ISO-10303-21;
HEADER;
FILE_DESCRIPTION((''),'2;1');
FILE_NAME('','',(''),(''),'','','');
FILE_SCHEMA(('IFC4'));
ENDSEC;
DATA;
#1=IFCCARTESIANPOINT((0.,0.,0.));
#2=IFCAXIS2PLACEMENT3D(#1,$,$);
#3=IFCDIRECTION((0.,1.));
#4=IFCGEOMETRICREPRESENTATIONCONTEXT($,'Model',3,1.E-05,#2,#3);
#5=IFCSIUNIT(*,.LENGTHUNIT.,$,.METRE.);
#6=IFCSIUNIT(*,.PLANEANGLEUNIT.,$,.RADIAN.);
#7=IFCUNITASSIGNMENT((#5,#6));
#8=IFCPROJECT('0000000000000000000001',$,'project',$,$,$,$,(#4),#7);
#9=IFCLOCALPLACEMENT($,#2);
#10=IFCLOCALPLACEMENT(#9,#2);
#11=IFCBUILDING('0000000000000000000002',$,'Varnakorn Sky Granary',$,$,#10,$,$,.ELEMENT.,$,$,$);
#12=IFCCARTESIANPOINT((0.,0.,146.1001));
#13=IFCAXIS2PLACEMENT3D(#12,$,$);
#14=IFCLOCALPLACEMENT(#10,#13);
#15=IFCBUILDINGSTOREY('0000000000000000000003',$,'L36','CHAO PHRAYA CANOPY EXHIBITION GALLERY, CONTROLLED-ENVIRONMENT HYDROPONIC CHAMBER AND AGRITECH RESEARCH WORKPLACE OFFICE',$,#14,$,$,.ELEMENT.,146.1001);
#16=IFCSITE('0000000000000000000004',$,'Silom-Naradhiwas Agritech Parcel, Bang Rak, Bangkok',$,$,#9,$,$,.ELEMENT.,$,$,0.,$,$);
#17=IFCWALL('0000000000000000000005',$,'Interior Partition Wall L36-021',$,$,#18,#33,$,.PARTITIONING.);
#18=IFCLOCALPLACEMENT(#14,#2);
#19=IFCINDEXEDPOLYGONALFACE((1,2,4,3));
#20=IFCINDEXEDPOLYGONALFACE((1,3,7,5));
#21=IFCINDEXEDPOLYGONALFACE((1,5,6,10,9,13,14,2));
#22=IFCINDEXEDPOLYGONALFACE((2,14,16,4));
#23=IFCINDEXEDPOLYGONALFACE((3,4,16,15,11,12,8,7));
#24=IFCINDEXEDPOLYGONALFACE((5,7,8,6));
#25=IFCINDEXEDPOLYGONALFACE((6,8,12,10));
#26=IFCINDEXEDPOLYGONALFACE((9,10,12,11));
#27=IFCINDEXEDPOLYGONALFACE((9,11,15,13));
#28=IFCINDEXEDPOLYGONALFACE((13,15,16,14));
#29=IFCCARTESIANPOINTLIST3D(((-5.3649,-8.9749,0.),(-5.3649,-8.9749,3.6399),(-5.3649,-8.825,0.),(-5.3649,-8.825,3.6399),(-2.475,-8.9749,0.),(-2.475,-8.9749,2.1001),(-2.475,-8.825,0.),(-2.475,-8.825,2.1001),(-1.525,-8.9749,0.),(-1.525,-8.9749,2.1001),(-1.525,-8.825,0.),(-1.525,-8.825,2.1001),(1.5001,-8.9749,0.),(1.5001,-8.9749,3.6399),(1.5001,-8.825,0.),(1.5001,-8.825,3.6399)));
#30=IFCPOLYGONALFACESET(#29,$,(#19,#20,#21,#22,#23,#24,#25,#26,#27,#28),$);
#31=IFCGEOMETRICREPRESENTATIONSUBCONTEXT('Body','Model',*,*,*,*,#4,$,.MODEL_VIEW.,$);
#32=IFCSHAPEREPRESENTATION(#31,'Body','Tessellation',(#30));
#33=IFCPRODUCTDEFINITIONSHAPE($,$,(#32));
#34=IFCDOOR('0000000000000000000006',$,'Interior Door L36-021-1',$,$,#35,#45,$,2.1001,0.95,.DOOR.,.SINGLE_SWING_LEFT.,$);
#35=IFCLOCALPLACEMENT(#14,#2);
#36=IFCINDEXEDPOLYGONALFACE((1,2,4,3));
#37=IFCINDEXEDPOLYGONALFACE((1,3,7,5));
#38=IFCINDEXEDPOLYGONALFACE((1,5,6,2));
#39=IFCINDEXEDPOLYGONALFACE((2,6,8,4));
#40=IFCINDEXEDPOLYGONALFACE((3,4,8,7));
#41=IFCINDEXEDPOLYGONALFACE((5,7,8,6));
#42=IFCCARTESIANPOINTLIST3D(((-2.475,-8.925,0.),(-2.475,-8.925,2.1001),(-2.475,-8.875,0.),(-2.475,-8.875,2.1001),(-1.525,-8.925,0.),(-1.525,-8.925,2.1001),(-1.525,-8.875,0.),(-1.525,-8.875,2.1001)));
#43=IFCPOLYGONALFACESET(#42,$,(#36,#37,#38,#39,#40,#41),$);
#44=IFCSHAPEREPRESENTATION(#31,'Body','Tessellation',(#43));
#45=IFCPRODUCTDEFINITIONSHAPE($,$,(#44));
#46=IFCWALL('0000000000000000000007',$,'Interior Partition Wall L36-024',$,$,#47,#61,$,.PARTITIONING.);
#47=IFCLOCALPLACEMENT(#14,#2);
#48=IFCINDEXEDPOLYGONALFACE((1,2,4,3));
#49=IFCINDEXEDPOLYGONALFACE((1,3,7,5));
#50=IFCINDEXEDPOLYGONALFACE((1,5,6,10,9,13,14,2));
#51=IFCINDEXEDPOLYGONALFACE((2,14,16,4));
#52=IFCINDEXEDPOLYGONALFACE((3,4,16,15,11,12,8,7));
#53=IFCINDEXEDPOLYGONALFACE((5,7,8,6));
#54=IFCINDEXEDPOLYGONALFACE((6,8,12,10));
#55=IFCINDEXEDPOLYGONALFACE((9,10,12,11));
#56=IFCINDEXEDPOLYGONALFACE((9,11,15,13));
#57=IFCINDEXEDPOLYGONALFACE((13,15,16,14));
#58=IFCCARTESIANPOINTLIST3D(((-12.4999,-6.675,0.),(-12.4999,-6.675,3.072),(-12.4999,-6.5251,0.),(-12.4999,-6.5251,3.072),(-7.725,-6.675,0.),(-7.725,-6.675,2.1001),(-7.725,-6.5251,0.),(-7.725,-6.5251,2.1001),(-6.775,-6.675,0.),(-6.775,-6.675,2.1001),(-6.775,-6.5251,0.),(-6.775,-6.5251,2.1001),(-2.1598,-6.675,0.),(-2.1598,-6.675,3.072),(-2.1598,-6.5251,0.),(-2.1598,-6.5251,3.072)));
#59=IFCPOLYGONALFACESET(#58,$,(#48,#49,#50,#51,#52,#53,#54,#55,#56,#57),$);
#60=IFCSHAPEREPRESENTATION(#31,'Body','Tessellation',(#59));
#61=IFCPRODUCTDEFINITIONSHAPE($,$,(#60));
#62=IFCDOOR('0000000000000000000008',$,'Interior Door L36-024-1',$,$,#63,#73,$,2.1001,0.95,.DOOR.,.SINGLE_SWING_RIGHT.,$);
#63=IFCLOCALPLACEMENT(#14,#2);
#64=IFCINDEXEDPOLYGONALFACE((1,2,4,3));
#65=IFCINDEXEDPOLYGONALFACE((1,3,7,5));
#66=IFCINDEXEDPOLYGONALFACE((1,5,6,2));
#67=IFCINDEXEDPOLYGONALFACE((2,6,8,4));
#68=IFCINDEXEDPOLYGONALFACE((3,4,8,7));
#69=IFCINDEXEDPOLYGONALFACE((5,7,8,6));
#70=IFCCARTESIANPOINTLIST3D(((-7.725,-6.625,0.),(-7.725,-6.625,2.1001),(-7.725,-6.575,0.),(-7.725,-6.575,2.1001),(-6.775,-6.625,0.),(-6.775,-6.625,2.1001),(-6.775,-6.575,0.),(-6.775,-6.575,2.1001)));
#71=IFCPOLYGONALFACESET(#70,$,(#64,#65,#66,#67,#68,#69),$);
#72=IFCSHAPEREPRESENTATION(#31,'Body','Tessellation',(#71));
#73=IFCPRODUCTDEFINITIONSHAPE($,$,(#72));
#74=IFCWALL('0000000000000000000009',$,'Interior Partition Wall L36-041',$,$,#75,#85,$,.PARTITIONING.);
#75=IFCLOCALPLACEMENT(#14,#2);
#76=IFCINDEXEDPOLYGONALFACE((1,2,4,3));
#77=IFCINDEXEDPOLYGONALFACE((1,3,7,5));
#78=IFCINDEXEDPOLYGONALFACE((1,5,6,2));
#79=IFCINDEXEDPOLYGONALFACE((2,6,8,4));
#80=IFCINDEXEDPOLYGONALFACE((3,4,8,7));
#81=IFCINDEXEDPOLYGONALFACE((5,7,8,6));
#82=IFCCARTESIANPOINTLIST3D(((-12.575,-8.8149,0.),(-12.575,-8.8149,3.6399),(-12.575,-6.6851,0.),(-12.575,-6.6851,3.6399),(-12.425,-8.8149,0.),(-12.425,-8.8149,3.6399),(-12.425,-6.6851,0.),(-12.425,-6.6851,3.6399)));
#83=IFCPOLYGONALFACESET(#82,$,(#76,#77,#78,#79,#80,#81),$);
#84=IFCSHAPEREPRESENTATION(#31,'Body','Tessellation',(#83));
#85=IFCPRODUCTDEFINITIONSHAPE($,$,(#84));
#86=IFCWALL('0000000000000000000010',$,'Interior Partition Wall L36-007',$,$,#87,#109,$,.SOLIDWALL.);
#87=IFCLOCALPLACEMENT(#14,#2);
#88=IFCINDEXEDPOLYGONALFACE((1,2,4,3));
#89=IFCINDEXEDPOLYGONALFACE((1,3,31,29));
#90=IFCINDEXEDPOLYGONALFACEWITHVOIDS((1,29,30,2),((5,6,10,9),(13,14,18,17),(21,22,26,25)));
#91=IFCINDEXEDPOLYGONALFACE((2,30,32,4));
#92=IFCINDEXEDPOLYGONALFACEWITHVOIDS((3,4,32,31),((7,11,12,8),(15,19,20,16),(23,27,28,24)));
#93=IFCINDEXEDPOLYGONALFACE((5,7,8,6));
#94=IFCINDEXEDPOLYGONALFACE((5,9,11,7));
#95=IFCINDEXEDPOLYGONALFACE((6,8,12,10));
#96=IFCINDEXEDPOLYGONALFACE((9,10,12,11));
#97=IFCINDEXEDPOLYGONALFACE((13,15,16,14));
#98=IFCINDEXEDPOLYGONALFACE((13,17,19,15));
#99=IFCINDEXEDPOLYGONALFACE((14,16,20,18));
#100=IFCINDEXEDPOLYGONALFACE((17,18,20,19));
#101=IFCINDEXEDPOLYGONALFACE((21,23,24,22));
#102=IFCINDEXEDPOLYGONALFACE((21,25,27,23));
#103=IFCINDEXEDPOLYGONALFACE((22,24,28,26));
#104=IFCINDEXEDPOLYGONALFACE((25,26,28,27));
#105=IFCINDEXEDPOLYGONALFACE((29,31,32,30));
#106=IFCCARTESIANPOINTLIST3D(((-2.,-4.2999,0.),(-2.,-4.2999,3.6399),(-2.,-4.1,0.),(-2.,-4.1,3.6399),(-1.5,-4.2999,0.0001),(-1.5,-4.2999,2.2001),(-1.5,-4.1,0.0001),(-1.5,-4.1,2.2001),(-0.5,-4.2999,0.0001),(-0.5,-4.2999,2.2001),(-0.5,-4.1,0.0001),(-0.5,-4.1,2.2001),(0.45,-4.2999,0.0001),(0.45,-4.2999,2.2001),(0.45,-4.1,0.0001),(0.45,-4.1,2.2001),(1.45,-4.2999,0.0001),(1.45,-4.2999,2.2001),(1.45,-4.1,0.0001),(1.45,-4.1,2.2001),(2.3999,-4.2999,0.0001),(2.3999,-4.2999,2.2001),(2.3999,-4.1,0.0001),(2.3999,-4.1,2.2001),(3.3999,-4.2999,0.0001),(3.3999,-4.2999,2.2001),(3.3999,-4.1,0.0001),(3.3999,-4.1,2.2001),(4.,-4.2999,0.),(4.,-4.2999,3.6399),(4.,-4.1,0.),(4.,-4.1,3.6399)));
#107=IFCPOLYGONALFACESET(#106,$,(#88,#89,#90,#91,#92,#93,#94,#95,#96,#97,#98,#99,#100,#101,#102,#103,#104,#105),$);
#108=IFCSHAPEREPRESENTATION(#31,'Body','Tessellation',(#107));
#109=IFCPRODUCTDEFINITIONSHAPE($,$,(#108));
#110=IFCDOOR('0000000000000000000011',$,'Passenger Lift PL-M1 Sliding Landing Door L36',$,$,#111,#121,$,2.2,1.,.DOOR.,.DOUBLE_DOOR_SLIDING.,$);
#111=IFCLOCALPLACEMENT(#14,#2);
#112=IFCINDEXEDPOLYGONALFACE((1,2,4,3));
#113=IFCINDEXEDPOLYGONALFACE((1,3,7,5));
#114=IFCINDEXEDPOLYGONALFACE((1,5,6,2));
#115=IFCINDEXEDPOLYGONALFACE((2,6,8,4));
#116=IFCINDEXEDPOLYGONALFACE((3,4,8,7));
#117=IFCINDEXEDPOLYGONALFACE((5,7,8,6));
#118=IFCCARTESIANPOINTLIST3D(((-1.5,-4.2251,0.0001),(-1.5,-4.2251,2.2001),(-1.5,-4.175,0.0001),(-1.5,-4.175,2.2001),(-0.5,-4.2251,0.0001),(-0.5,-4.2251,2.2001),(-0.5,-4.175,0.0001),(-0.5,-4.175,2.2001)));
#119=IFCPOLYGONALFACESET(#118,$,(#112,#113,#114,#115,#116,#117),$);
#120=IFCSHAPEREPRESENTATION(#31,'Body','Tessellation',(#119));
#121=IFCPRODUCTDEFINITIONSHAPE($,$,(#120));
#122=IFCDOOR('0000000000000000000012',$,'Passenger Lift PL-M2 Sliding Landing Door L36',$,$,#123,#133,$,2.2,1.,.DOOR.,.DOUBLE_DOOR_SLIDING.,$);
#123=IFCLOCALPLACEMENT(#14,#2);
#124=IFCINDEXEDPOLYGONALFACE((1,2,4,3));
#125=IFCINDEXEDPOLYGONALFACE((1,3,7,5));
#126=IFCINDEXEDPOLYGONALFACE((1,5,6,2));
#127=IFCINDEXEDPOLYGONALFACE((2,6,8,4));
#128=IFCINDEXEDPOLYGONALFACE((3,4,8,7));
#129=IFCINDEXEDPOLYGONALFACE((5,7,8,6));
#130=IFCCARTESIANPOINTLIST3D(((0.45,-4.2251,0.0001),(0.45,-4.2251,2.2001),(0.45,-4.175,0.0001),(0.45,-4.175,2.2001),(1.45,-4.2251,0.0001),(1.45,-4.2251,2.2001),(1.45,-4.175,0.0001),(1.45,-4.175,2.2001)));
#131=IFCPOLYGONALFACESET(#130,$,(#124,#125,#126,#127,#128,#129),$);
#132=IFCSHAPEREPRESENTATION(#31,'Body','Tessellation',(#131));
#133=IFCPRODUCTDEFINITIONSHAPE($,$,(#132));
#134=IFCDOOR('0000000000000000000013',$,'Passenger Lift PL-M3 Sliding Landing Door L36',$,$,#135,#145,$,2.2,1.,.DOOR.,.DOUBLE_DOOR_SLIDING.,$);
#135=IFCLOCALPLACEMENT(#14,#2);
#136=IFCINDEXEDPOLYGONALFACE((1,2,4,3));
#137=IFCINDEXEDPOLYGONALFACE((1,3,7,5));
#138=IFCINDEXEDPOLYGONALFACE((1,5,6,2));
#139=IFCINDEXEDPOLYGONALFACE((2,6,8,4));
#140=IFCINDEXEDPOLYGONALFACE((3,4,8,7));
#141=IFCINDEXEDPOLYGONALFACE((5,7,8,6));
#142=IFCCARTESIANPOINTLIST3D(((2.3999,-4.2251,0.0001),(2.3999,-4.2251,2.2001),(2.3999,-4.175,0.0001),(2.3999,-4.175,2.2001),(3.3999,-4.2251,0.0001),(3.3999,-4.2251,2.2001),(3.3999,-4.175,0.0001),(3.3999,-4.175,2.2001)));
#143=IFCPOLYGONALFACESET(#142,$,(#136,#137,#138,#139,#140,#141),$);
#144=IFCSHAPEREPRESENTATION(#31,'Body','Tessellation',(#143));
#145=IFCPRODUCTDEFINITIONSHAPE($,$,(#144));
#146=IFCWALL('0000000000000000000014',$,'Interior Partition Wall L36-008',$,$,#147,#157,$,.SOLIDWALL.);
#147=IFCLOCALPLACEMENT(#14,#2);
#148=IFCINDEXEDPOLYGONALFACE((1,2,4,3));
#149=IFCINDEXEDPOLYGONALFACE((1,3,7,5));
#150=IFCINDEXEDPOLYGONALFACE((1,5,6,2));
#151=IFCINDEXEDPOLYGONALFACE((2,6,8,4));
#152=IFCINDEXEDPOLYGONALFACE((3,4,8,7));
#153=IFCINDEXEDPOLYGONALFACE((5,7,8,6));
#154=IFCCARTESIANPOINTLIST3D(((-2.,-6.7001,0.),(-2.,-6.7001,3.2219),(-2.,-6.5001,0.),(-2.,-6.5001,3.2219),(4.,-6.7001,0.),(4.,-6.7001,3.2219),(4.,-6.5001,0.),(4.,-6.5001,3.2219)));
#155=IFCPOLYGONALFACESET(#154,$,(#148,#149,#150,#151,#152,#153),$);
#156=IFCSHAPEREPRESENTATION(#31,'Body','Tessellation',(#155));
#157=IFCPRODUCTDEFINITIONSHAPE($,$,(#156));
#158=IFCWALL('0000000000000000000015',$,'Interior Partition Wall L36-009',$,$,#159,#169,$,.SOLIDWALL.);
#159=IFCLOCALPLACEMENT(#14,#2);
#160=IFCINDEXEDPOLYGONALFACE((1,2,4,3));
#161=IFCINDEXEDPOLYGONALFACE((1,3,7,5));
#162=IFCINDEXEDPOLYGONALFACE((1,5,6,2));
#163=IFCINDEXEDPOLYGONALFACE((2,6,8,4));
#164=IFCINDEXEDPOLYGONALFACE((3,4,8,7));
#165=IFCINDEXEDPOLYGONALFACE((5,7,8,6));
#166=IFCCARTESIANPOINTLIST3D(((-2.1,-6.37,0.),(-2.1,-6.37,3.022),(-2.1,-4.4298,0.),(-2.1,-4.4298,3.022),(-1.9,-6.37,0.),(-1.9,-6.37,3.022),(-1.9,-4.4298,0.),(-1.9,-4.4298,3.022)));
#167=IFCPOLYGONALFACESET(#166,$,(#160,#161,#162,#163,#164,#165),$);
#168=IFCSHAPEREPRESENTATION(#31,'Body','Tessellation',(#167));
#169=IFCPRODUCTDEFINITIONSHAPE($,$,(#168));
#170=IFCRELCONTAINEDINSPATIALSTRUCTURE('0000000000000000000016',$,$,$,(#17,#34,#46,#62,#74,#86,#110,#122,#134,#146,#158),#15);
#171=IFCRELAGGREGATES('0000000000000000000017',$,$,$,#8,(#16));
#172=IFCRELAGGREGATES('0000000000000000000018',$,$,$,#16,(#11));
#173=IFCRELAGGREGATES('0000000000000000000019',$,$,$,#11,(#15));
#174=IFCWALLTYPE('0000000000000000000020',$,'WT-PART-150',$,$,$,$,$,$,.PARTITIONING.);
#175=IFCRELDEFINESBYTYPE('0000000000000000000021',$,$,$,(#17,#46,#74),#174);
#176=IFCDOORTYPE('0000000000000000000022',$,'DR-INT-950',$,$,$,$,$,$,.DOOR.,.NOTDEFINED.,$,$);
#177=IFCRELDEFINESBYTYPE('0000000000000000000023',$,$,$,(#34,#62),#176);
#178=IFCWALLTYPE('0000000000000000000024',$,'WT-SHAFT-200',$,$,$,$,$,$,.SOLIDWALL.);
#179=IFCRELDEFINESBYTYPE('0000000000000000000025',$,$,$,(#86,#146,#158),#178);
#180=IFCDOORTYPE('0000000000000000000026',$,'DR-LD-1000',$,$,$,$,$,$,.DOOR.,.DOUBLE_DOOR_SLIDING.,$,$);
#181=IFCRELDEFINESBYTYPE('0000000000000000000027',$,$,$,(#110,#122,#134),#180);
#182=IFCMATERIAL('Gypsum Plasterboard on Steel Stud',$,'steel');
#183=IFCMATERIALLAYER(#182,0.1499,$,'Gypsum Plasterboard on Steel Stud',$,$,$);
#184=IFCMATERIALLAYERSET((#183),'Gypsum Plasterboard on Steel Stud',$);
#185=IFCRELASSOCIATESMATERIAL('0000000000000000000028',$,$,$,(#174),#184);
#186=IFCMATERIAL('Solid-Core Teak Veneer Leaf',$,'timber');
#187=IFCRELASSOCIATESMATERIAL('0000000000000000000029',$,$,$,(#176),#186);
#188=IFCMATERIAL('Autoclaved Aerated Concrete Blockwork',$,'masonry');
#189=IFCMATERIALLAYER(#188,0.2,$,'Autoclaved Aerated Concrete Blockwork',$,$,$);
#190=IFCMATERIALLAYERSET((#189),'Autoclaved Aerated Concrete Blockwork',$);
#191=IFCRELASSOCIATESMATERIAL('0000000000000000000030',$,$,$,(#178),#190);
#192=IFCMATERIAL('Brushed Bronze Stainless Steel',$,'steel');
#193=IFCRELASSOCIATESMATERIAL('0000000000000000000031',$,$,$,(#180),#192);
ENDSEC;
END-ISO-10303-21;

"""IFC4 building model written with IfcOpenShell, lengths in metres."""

from ifc_helpers import new_model, si_unit, direction, frame, frame_2d, origin, place, context, subcontext, project, spatial, rectangle, extrude, material, layer, layer_set, type_object, element, fill, save


model = new_model("IFC4")

# Units and contexts
model_context = context("Model", 3, precision=1e-05, world=origin(), true_north=direction((0.0, 1.0)))
body_context = subcontext(model_context, "Body", "Model", "MODEL_VIEW")
ifc_project = project(units=[si_unit("LENGTHUNIT", "METRE"), si_unit("PLANEANGLEUNIT", "RADIAN")], contexts=[model_context])

# Site, building, storey
site_placement = place(None, origin())
site = spatial("IfcSite", under=ifc_project, at=site_placement, Name="Silom-Naradhiwas Agritech Parcel, Bang Rak, Bangkok", CompositionType="ELEMENT", RefElevation=0.0)
building_placement = place(site_placement, origin())
building = spatial("IfcBuilding", under=site, at=building_placement, Name="Varnakorn Sky Granary", CompositionType="ELEMENT")
storey_placement = place(building_placement, frame((0.0, 0.0, 146.1001)))
storey = spatial("IfcBuildingStorey", under=building, at=storey_placement, Name="L36", Description="CHAO PHRAYA CANOPY EXHIBITION GALLERY, CONTROLLED-ENVIRONMENT HYDROPONIC CHAMBER AND AGRITECH RESEARCH WORKPLACE OFFICE", CompositionType="ELEMENT", Elevation=146.1001)

# Shared definitions
ifc_material_1 = material(Name="Autoclaved Aerated Concrete Blockwork", Category="masonry")

# Walls, openings, doors
ifc_material_2 = material(Name="Gypsum Plasterboard on Steel Stud", Category="steel")
ifc_layer_1 = layer(ifc_material_2, 0.1499, Name="Gypsum Plasterboard on Steel Stud")
ifc_layer_set_1 = layer_set([ifc_layer_1], Name="Gypsum Plasterboard on Steel Stud")
wall_type_1 = type_object("IfcWallType", Name="WT-PART-150", PredefinedType="PARTITIONING", material=ifc_layer_set_1)
wall_1_placement = place(storey_placement, frame((-5.365, -8.8999, 0.0), z_axis=(0.0, 0.0, 1.0), x_axis=(1.0, 0.0, 0.0)))
wall_1 = element("IfcWall", 1, at=wall_1_placement, inside=storey, type_object=wall_type_1, Name="Interior Partition Wall L36-021", PredefinedType="PARTITIONING", context=body_context, shape_type="SweptSolid", body=[
    extrude(rectangle(XDim=6.865, YDim=0.1499, at=frame_2d((3.4326, 0.0))), origin(), (0.0, 0.0, 1.0), 3.6399),
])
opening_1_placement = place(wall_1_placement, frame((2.8899, 0.0, 0.0)))
opening_1 = element("IfcOpeningElement", 2, at=opening_1_placement, cuts=wall_1, PredefinedType="OPENING", context=body_context, shape_type="SweptSolid", body=[
    extrude(rectangle(XDim=0.95, YDim=2.1001, at=frame_2d((0.4751, 1.05))), frame((0.0, 0.085, 0.0), z_axis=(0.0, -1.0, 0.0), x_axis=(1.0, 0.0, 0.0)), (0.0, 0.0, 1.0), 0.1699),
])
ifc_material_3 = material(Name="Solid-Core Teak Veneer Leaf", Category="timber")
door_type_1 = type_object("IfcDoorType", Name="DR-INT-950", OperationType="NOTDEFINED", PredefinedType="DOOR", material=ifc_material_3)
door_1_placement = place(opening_1_placement, origin())
door_1 = element("IfcDoor", 3, at=door_1_placement, inside=storey, type_object=door_type_1, Name="Interior Door L36-021-1", OperationType="SINGLE_SWING_LEFT", OverallHeight=2.1001, OverallWidth=0.95, PredefinedType="DOOR", context=body_context, shape_type="SweptSolid", body=[
    extrude(rectangle(XDim=0.95, YDim=2.1001, at=frame_2d((0.4751, 1.05))), frame((0.0, 0.0249, 0.0), z_axis=(0.0, -1.0, 0.0), x_axis=(1.0, 0.0, 0.0)), (0.0, 0.0, 1.0), 0.05),
])
fill(opening_1, door_1)
wall_2_placement = place(storey_placement, frame((-2.1599, -6.6001, 0.0), z_axis=(0.0, 0.0, 1.0), x_axis=(-1.0, 0.0, 0.0)))
wall_2 = element("IfcWall", 4, at=wall_2_placement, inside=storey, type_object=wall_type_1, Name="Interior Partition Wall L36-024", PredefinedType="PARTITIONING", context=body_context, shape_type="SweptSolid", body=[
    extrude(rectangle(XDim=10.3401, YDim=0.1499, at=frame_2d((5.1699, 0.0))), origin(), (0.0, 0.0, 1.0), 3.072),
])
opening_2_placement = place(wall_2_placement, frame((4.615, 0.0, 0.0)))
opening_2 = element("IfcOpeningElement", 5, at=opening_2_placement, cuts=wall_2, PredefinedType="OPENING", context=body_context, shape_type="SweptSolid", body=[
    extrude(rectangle(XDim=0.95, YDim=2.1001, at=frame_2d((0.4751, 1.05))), frame((0.0, 0.085, 0.0), z_axis=(0.0, -1.0, 0.0), x_axis=(1.0, 0.0, 0.0)), (0.0, 0.0, 1.0), 0.1699),
])
door_2_placement = place(opening_2_placement, origin())
door_2 = element("IfcDoor", 6, at=door_2_placement, inside=storey, type_object=door_type_1, Name="Interior Door L36-024-1", OperationType="SINGLE_SWING_RIGHT", OverallHeight=2.1001, OverallWidth=0.95, PredefinedType="DOOR", context=body_context, shape_type="SweptSolid", body=[
    extrude(rectangle(XDim=0.95, YDim=2.1001, at=frame_2d((0.4751, 1.05))), frame((0.0, 0.0249, 0.0), z_axis=(0.0, -1.0, 0.0), x_axis=(1.0, 0.0, 0.0)), (0.0, 0.0, 1.0), 0.05),
])
fill(opening_2, door_2)

# Wall
wall_3_placement = place(storey_placement, frame((-12.5, -6.6851, 0.0), z_axis=(0.0, 0.0, 1.0), x_axis=(0.0, -1.0, 0.0)))
element("IfcWall", 7, at=wall_3_placement, inside=storey, type_object=wall_type_1, Name="Interior Partition Wall L36-041", PredefinedType="PARTITIONING", context=body_context, shape_type="SweptSolid", body=[
    extrude(rectangle(XDim=2.1299, YDim=0.1499, at=frame_2d((1.0649, 0.0))), origin(), (0.0, 0.0, 1.0), 3.6399),
])

# Wall, openings, doors
ifc_layer_2 = layer(ifc_material_1, 0.2, Name="Autoclaved Aerated Concrete Blockwork")
ifc_layer_set_2 = layer_set([ifc_layer_2], Name="Autoclaved Aerated Concrete Blockwork")
wall_type_2 = type_object("IfcWallType", Name="WT-SHAFT-200", PredefinedType="SOLIDWALL", material=ifc_layer_set_2)
wall_4_placement = place(storey_placement, frame((-2.0, -4.2, 0.0), z_axis=(0.0, 0.0, 1.0), x_axis=(1.0, 0.0, 0.0)))
wall_4 = element("IfcWall", 8, at=wall_4_placement, inside=storey, type_object=wall_type_2, Name="Interior Partition Wall L36-007", PredefinedType="SOLIDWALL", context=body_context, shape_type="SweptSolid", body=[
    extrude(rectangle(XDim=6.0, YDim=0.2, at=frame_2d((3.0, 0.0))), origin(), (0.0, 0.0, 1.0), 3.6399),
])
opening_3_placement = place(wall_4_placement, frame((0.5, 0.0, 0.0)))
opening_3 = element("IfcOpeningElement", 9, at=opening_3_placement, cuts=wall_4, PredefinedType="OPENING", context=body_context, shape_type="SweptSolid", body=[
    extrude(rectangle(XDim=1.0, YDim=2.2, at=frame_2d((0.5, 1.1001))), frame((0.0, 0.1099, 0.0), z_axis=(0.0, -1.0, 0.0), x_axis=(1.0, 0.0, 0.0)), (0.0, 0.0, 1.0), 0.22),
])
opening_4_placement = place(wall_4_placement, frame((2.45, 0.0, 0.0)))
opening_4 = element("IfcOpeningElement", 10, at=opening_4_placement, cuts=wall_4, PredefinedType="OPENING", context=body_context, shape_type="SweptSolid", body=[
    extrude(rectangle(XDim=1.0, YDim=2.2, at=frame_2d((0.5, 1.1001))), frame((0.0, 0.1099, 0.0), z_axis=(0.0, -1.0, 0.0), x_axis=(1.0, 0.0, 0.0)), (0.0, 0.0, 1.0), 0.22),
])
opening_5_placement = place(wall_4_placement, frame((4.3999, 0.0, 0.0)))
opening_5 = element("IfcOpeningElement", 11, at=opening_5_placement, cuts=wall_4, PredefinedType="OPENING", context=body_context, shape_type="SweptSolid", body=[
    extrude(rectangle(XDim=1.0, YDim=2.2, at=frame_2d((0.5, 1.1001))), frame((0.0, 0.1099, 0.0), z_axis=(0.0, -1.0, 0.0), x_axis=(1.0, 0.0, 0.0)), (0.0, 0.0, 1.0), 0.22),
])
ifc_material_4 = material(Name="Brushed Bronze Stainless Steel", Category="steel")
door_type_2 = type_object("IfcDoorType", Name="DR-LD-1000", OperationType="DOUBLE_DOOR_SLIDING", PredefinedType="DOOR", material=ifc_material_4)
door_3_placement = place(opening_3_placement, origin())
door_3 = element("IfcDoor", 12, at=door_3_placement, inside=storey, type_object=door_type_2, Name="Passenger Lift PL-M1 Sliding Landing Door L36", OperationType="DOUBLE_DOOR_SLIDING", OverallHeight=2.2, OverallWidth=1.0, PredefinedType="DOOR", context=body_context, shape_type="SweptSolid", body=[
    extrude(rectangle(XDim=1.0, YDim=2.2, at=frame_2d((0.5, 1.1001))), frame((0.0, 0.0249, 0.0), z_axis=(0.0, -1.0, 0.0), x_axis=(1.0, 0.0, 0.0)), (0.0, 0.0, 1.0), 0.05),
])
fill(opening_3, door_3)
door_4_placement = place(opening_4_placement, origin())
door_4 = element("IfcDoor", 13, at=door_4_placement, inside=storey, type_object=door_type_2, Name="Passenger Lift PL-M2 Sliding Landing Door L36", OperationType="DOUBLE_DOOR_SLIDING", OverallHeight=2.2, OverallWidth=1.0, PredefinedType="DOOR", context=body_context, shape_type="SweptSolid", body=[
    extrude(rectangle(XDim=1.0, YDim=2.2, at=frame_2d((0.5, 1.1001))), frame((0.0, 0.0249, 0.0), z_axis=(0.0, -1.0, 0.0), x_axis=(1.0, 0.0, 0.0)), (0.0, 0.0, 1.0), 0.05),
])
fill(opening_4, door_4)
door_5_placement = place(opening_5_placement, origin())
door_5 = element("IfcDoor", 14, at=door_5_placement, inside=storey, type_object=door_type_2, Name="Passenger Lift PL-M3 Sliding Landing Door L36", OperationType="DOUBLE_DOOR_SLIDING", OverallHeight=2.2, OverallWidth=1.0, PredefinedType="DOOR", context=body_context, shape_type="SweptSolid", body=[
    extrude(rectangle(XDim=1.0, YDim=2.2, at=frame_2d((0.5, 1.1001))), frame((0.0, 0.0249, 0.0), z_axis=(0.0, -1.0, 0.0), x_axis=(1.0, 0.0, 0.0)), (0.0, 0.0, 1.0), 0.05),
])
fill(opening_5, door_5)

# Walls
wall_5_placement = place(storey_placement, frame((-2.0, -6.6001, 0.0), z_axis=(0.0, 0.0, 1.0), x_axis=(1.0, 0.0, 0.0)))
element("IfcWall", 15, at=wall_5_placement, inside=storey, type_object=wall_type_2, Name="Interior Partition Wall L36-008", PredefinedType="SOLIDWALL", context=body_context, shape_type="SweptSolid", body=[
    extrude(rectangle(XDim=6.0, YDim=0.2, at=frame_2d((3.0, 0.0))), origin(), (0.0, 0.0, 1.0), 3.2219),
])
wall_6_placement = place(storey_placement, frame((-2.0, -6.3701, 0.0), z_axis=(0.0, 0.0, 1.0), x_axis=(0.0, 1.0, 0.0)))
element("IfcWall", 16, at=wall_6_placement, inside=storey, type_object=wall_type_2, Name="Interior Partition Wall L36-009", PredefinedType="SOLIDWALL", context=body_context, shape_type="SweptSolid", body=[
    extrude(rectangle(XDim=1.9402, YDim=0.2, at=frame_2d((0.9702, 0.0))), origin(), (0.0, 0.0, 1.0), 3.022),
])

save(model, "model.ifc")
